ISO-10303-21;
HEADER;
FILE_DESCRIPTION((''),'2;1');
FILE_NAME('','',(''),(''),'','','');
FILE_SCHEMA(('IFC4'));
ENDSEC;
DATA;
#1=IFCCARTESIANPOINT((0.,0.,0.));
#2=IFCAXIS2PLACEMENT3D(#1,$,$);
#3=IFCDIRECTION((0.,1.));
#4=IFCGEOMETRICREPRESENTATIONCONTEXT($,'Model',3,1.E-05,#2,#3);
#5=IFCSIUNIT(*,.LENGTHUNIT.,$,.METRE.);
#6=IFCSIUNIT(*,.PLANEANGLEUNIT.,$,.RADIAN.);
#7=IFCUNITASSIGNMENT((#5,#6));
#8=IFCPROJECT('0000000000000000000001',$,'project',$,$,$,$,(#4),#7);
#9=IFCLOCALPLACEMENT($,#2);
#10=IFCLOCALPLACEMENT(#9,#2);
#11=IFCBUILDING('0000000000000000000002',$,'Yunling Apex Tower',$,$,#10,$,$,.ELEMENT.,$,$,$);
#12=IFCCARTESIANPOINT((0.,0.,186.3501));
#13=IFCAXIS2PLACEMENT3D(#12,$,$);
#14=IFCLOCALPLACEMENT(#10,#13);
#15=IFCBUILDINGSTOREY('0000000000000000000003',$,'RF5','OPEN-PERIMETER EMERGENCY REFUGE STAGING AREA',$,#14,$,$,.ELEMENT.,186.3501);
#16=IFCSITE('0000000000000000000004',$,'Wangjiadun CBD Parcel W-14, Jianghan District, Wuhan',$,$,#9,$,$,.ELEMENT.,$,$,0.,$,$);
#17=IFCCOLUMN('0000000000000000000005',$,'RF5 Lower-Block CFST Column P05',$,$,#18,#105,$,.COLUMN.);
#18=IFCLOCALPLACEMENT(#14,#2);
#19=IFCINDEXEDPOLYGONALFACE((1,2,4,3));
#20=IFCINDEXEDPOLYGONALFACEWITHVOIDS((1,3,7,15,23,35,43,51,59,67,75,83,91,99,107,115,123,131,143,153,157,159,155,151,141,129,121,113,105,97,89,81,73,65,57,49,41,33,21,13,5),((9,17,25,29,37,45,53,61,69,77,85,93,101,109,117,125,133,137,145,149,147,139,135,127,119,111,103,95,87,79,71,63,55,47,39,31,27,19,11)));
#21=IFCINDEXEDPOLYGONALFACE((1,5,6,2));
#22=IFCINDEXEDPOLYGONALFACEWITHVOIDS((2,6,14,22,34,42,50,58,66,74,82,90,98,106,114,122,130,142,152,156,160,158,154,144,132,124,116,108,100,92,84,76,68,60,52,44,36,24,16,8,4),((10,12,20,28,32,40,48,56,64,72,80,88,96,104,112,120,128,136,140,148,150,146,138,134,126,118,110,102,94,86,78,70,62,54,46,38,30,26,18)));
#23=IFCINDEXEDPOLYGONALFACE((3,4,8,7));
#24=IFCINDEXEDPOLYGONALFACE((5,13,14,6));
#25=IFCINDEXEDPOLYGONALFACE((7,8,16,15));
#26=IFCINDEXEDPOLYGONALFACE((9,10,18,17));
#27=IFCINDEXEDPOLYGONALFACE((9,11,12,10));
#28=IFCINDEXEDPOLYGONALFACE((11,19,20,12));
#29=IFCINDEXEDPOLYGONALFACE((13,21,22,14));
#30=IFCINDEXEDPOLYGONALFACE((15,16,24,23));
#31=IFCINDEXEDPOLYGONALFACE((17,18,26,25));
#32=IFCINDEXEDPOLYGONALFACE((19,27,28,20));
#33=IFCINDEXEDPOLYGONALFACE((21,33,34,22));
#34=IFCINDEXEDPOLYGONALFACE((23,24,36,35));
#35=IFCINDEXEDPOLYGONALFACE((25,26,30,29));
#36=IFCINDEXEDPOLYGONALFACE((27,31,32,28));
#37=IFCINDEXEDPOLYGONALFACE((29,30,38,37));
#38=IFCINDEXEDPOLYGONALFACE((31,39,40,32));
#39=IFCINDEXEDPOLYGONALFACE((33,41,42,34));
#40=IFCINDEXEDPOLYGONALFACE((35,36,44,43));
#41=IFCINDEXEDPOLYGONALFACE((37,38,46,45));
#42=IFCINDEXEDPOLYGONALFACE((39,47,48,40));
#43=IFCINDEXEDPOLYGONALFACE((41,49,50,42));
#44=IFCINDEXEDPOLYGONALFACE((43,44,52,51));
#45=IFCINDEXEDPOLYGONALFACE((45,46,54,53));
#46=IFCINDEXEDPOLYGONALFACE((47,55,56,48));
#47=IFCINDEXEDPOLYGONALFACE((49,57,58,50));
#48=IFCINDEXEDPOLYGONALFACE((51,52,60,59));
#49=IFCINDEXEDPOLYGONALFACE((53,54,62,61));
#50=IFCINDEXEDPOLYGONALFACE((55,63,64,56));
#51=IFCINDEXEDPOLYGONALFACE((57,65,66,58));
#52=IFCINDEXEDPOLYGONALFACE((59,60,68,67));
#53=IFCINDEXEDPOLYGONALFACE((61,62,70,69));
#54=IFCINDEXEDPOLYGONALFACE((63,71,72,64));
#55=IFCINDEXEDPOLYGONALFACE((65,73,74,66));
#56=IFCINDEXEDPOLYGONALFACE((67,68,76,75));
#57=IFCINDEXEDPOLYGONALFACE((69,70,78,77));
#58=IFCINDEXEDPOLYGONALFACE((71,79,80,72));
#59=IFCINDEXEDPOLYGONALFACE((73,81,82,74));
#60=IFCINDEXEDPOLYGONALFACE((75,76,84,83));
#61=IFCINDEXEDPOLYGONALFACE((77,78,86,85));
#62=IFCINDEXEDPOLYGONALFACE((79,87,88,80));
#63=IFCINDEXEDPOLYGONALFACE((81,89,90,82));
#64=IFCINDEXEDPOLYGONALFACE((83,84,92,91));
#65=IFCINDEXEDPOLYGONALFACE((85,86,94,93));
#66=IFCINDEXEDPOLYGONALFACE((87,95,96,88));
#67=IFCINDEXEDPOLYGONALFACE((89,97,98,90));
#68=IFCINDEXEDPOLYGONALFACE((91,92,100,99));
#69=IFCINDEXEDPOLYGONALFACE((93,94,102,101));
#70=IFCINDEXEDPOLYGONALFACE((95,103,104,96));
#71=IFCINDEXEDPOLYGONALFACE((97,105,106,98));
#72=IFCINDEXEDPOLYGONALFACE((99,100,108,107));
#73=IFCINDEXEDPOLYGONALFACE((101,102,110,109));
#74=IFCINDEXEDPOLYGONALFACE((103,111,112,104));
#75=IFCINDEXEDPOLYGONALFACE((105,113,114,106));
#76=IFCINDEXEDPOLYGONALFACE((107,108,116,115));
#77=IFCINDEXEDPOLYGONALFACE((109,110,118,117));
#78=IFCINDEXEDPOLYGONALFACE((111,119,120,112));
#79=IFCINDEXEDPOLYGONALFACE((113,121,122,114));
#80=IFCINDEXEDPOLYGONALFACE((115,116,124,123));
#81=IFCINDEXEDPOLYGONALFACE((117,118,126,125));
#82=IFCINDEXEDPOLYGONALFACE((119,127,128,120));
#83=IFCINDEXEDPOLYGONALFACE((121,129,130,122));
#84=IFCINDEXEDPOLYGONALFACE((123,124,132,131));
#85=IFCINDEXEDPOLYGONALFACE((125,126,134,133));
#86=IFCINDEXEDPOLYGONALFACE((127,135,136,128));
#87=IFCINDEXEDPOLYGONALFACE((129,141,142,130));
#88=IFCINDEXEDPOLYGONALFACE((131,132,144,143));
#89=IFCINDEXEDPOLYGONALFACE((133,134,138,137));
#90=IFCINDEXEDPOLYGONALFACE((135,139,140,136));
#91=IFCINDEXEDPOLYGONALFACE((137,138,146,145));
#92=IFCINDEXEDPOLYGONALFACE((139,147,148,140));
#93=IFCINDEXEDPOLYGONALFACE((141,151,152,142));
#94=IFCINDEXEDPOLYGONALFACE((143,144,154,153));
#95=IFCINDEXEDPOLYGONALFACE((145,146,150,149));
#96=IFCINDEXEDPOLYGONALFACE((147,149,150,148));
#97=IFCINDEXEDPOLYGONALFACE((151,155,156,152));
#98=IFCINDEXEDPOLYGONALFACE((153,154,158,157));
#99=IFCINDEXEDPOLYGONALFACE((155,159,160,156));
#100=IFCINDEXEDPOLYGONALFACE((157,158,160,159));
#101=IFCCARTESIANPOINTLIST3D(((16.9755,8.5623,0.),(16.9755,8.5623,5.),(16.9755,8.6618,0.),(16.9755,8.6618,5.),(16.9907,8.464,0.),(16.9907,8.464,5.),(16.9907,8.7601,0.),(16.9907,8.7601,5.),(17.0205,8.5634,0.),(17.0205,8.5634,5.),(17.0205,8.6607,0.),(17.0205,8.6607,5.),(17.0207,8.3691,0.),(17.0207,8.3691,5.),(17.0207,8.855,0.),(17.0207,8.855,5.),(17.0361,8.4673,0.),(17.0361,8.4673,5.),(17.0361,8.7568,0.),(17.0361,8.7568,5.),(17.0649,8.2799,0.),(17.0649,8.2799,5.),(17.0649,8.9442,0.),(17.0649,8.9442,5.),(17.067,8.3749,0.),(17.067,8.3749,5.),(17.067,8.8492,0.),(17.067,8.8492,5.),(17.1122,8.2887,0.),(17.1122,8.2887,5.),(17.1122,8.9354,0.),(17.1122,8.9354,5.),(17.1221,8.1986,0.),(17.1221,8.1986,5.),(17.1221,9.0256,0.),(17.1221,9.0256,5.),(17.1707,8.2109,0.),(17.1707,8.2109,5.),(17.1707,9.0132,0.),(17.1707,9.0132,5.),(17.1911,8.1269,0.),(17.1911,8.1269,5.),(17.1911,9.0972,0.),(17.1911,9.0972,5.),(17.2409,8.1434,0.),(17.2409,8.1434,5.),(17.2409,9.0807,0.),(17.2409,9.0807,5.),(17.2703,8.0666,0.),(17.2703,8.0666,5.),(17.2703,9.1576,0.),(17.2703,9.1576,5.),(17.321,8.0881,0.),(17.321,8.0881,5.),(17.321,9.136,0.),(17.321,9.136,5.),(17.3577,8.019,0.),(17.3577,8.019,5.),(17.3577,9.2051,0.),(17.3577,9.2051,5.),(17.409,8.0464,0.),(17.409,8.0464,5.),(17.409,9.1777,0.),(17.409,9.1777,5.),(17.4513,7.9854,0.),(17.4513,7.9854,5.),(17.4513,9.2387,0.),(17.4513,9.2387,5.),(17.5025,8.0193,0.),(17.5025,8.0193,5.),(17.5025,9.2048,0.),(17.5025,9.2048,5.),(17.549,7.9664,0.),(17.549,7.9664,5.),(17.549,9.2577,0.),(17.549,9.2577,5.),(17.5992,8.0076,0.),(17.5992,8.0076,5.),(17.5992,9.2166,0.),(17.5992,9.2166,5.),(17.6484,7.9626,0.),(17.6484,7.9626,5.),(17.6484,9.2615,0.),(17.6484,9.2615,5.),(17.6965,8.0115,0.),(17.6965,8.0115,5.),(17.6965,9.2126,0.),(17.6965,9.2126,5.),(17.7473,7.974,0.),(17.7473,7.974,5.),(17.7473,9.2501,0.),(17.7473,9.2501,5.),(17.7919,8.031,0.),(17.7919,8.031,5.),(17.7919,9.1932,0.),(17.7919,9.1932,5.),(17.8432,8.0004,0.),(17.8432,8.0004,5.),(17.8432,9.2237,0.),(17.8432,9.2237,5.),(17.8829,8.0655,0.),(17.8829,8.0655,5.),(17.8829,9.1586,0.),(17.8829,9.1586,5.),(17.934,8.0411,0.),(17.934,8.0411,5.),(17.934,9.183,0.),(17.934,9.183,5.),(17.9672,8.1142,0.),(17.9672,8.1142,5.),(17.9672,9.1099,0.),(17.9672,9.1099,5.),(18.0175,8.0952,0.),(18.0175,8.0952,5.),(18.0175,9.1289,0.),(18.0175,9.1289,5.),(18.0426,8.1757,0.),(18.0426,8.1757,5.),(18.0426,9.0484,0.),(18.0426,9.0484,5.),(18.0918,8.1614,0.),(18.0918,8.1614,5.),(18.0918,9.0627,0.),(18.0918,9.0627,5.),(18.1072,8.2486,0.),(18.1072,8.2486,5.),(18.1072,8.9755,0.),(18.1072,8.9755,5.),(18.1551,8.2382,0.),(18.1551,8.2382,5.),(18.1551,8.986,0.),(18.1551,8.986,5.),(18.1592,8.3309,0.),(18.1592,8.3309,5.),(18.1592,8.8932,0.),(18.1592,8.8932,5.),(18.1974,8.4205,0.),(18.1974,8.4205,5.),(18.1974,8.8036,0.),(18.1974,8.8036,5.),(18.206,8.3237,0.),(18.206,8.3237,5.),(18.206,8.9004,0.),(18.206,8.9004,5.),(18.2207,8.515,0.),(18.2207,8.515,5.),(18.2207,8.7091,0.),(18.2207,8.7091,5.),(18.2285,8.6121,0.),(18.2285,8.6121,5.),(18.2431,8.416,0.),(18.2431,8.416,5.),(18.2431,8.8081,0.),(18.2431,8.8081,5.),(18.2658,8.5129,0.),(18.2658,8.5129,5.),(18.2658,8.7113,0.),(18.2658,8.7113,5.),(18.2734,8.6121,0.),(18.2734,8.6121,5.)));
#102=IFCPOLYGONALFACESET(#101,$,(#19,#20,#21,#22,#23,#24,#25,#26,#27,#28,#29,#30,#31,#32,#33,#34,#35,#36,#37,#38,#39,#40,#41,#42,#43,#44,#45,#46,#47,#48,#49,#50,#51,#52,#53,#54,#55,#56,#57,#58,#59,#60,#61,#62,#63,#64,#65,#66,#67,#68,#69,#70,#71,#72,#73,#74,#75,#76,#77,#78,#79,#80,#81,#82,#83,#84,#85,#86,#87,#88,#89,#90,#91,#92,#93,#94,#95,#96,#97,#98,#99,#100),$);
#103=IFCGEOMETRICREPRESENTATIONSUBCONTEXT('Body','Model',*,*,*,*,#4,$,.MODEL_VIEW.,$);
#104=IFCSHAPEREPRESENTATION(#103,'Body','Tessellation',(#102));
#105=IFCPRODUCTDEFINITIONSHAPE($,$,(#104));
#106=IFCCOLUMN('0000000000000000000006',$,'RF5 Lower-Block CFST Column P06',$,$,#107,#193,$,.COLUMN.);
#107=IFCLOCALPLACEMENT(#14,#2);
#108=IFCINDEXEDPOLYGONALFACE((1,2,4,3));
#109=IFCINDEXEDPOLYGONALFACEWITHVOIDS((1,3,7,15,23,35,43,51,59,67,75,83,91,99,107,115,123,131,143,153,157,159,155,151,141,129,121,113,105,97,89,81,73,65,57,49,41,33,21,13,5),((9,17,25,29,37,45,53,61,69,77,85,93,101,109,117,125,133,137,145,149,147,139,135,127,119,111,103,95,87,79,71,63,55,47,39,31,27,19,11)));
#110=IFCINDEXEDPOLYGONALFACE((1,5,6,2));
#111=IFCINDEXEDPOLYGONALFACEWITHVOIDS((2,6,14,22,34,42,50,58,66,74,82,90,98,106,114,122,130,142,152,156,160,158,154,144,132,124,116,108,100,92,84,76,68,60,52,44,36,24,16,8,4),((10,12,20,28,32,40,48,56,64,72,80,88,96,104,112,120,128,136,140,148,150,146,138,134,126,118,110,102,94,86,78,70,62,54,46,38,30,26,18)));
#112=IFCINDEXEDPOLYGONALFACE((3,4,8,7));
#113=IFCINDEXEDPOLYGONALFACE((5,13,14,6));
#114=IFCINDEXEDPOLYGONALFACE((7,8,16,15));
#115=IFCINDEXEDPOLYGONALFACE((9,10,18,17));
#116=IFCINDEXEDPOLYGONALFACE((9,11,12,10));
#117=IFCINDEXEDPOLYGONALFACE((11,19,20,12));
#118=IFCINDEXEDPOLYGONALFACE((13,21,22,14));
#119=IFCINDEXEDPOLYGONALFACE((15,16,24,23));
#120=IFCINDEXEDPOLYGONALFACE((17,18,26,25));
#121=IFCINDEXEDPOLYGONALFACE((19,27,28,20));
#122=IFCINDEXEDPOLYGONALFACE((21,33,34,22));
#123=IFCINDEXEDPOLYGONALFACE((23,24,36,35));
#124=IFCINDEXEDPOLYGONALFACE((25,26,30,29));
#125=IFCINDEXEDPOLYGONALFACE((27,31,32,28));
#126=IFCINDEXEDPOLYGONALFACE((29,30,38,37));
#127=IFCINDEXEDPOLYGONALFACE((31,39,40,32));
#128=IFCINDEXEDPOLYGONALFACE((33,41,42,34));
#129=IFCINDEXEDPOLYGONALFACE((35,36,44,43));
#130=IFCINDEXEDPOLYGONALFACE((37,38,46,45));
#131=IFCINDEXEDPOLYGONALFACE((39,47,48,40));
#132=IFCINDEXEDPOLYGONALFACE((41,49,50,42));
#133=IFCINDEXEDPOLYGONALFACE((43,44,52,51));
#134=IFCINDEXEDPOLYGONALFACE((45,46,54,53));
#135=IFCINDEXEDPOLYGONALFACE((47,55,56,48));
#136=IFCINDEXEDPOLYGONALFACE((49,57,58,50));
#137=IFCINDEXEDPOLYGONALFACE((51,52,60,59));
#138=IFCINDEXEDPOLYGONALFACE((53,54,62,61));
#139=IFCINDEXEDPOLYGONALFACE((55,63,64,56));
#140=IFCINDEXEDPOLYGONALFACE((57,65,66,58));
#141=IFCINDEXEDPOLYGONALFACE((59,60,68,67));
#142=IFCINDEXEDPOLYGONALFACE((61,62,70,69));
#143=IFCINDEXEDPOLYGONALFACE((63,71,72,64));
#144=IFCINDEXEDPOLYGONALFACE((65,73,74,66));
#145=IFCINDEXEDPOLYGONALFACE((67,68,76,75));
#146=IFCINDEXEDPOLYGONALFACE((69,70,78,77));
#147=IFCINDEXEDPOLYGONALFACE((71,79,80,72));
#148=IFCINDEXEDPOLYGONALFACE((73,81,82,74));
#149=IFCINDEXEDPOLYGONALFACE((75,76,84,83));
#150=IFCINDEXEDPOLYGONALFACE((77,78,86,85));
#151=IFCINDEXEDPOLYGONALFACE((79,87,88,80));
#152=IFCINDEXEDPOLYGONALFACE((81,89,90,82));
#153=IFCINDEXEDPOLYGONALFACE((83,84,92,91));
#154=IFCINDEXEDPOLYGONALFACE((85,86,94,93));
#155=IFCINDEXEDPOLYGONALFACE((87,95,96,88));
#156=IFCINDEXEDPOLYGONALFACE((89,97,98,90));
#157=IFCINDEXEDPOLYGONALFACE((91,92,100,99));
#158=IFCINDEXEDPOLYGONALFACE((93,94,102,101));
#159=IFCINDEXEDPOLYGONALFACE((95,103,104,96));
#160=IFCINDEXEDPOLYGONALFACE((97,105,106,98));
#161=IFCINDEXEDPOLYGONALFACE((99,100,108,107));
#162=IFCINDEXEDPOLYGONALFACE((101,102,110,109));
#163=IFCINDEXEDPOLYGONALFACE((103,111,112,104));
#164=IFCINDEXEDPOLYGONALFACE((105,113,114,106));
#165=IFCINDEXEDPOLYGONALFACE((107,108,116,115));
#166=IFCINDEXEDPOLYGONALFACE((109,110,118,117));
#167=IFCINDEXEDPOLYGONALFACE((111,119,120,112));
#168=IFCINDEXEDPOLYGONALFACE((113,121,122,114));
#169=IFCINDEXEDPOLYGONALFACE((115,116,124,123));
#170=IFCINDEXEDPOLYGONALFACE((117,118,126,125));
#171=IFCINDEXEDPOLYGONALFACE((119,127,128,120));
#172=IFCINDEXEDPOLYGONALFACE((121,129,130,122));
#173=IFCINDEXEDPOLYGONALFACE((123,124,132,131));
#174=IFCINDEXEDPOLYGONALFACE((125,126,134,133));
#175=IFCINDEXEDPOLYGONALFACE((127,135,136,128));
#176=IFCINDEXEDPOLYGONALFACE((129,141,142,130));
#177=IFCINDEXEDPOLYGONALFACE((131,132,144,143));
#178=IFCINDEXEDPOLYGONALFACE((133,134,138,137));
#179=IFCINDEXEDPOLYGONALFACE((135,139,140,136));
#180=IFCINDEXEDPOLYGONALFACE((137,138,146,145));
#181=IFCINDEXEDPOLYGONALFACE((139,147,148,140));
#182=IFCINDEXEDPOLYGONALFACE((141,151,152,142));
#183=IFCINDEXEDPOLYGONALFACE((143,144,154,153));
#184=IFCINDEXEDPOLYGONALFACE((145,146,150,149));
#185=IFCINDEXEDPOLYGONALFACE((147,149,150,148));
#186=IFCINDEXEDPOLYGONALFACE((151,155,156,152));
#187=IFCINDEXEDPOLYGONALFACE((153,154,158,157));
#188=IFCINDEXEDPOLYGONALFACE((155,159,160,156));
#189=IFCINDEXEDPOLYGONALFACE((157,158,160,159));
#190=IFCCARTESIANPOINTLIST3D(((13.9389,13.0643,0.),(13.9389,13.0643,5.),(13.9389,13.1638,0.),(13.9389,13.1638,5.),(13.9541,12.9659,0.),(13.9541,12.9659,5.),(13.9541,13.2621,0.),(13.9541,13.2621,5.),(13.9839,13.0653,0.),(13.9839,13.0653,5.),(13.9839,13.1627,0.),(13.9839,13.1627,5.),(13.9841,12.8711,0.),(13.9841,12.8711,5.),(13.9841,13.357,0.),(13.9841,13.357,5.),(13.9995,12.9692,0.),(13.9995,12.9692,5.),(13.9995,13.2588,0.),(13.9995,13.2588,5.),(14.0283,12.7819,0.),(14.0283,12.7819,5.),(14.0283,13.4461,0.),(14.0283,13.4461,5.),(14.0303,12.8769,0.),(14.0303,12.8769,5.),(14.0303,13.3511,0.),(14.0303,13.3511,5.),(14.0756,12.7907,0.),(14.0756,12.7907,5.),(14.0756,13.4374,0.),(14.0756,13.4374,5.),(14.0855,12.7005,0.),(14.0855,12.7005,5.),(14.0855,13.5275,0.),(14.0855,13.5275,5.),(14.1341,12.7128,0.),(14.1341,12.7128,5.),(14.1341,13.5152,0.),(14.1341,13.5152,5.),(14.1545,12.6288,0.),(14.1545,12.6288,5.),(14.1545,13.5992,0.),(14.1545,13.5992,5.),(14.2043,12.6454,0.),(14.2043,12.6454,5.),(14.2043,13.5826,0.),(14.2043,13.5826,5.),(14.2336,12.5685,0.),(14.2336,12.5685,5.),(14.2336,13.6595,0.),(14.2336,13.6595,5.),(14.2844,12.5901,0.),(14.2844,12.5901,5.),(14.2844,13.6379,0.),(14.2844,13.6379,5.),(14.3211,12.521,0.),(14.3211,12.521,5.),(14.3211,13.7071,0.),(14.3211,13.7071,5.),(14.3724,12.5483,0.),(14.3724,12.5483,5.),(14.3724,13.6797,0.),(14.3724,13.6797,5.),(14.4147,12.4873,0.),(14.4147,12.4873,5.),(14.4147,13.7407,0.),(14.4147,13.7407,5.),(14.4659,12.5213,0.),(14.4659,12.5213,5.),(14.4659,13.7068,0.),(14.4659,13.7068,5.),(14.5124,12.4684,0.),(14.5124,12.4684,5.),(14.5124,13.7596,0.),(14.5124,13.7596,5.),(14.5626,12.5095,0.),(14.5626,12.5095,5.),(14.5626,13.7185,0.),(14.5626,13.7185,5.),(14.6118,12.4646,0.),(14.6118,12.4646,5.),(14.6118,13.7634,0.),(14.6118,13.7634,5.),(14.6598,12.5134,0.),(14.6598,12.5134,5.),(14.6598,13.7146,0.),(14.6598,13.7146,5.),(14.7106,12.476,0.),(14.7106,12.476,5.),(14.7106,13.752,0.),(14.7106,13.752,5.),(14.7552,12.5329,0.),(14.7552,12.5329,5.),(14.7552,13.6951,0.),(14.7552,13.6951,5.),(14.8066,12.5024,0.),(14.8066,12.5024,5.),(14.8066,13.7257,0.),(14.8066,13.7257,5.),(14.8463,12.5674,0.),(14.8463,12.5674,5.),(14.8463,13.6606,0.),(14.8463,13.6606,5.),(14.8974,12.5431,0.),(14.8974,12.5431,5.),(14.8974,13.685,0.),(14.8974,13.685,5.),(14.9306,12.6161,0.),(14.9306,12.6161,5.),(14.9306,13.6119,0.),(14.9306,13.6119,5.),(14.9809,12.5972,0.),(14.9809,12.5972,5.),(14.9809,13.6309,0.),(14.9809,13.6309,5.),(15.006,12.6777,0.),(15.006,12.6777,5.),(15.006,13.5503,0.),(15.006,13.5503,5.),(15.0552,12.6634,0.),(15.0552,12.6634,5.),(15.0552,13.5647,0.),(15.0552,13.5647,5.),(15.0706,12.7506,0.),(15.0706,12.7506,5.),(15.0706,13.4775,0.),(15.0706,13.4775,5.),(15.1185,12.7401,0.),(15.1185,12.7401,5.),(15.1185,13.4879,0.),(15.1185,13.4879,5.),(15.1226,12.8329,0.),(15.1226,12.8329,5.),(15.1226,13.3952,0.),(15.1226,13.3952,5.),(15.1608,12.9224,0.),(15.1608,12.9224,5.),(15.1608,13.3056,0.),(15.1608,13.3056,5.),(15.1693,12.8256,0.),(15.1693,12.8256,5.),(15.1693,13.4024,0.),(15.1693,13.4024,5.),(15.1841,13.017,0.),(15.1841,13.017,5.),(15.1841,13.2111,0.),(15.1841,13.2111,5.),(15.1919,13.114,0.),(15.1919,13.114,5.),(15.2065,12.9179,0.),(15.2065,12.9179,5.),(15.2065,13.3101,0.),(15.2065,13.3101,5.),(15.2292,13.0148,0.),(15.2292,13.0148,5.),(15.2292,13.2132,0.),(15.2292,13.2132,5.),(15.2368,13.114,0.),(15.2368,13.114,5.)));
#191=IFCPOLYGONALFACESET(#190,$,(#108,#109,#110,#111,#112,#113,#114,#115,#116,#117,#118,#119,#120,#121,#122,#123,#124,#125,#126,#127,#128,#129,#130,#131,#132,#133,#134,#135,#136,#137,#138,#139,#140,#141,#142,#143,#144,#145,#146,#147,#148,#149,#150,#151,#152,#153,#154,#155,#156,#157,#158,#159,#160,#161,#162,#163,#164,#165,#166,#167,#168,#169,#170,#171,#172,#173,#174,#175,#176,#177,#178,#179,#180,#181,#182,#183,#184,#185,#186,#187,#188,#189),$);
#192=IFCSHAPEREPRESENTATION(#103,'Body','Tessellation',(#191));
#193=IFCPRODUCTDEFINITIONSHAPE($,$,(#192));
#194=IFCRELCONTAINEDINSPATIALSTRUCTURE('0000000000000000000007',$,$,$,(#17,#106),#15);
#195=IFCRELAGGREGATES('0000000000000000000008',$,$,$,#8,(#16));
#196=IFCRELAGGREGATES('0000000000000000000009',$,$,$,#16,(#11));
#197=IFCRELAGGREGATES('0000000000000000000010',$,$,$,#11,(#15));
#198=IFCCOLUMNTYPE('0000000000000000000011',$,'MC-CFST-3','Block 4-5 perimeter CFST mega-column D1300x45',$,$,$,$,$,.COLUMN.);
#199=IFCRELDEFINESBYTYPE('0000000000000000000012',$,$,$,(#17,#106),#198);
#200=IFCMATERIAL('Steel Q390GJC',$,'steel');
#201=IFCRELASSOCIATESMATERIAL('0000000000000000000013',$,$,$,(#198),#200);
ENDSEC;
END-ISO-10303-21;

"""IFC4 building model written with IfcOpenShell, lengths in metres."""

from ifc_helpers import new_model, si_unit, direction, frame, origin, origin_2d, place, context, subcontext, project, spatial, hollow_circle, extrude, source, transform, mapped, material, material_profile, profile_set, type_object, element, save


model = new_model("IFC4")

# Units and contexts
model_context = context("Model", 3, precision=1e-05, world=origin(), true_north=direction((0.0, 1.0)))
body_context = subcontext(model_context, "Body", "Model", "MODEL_VIEW")
ifc_project = project(units=[si_unit("LENGTHUNIT", "METRE"), si_unit("PLANEANGLEUNIT", "RADIAN")], contexts=[model_context])

# Site, building, storey
site_placement = place(None, origin())
site = spatial("IfcSite", under=ifc_project, at=site_placement, Name="Wangjiadun CBD Parcel W-14, Jianghan District, Wuhan", CompositionType="ELEMENT", RefElevation=0.0)
building_placement = place(site_placement, origin())
building = spatial("IfcBuilding", under=site, at=building_placement, Name="Yunling Apex Tower", CompositionType="ELEMENT")
storey_placement = place(building_placement, frame((0.0, 0.0, 186.3501)))
storey = spatial("IfcBuildingStorey", under=building, at=storey_placement, Name="RF5", Description="OPEN-PERIMETER EMERGENCY REFUGE STAGING AREA", CompositionType="ELEMENT", Elevation=186.3501)

# Columns
ifc_material_1 = material(Name="Steel Q390GJC", Category="steel")
ifc_material_profile_1 = material_profile(ifc_material_1, hollow_circle(Radius=0.6499, WallThickness=0.0449, at=origin_2d()))
ifc_profile_set_1 = profile_set([ifc_material_profile_1], Name="Steel Q390GJC")
column_type = type_object("IfcColumnType", Name="MC-CFST-3", Description="Block 4-5 perimeter CFST mega-column D1300x45", PredefinedType="COLUMN", material=ifc_profile_set_1)
shared_shape_1 = source(origin(), body_context, "Body", "SweptSolid", [
    extrude(hollow_circle(Radius=0.6499, WallThickness=0.0449, at=origin_2d()), origin(), (0.0, 0.0, 1.0), 5.0),
])
for number, where, z_axis, x_axis, name in (
    (1, (17.6235, 8.6121, 0.0), (0.0, 0.0, 1.0), (1.0, 0.0, 0.0), "RF5 Lower-Block CFST Column P05"),
    (2, (14.5869, 13.114, 0.0), (0.0, 0.0, 1.0), (1.0, 0.0, 0.0), "RF5 Lower-Block CFST Column P06"),
):
    element("IfcColumn", number, at=place(storey_placement, frame(where, z_axis=z_axis, x_axis=x_axis)), inside=storey, type_object=column_type, Name=name, PredefinedType="COLUMN", context=body_context, shape_type="MappedRepresentation", body=[
        mapped(shared_shape_1, transform((0.0, 0.0, 0.0), scale=1.0)),
    ])

save(model, "model.ifc")
